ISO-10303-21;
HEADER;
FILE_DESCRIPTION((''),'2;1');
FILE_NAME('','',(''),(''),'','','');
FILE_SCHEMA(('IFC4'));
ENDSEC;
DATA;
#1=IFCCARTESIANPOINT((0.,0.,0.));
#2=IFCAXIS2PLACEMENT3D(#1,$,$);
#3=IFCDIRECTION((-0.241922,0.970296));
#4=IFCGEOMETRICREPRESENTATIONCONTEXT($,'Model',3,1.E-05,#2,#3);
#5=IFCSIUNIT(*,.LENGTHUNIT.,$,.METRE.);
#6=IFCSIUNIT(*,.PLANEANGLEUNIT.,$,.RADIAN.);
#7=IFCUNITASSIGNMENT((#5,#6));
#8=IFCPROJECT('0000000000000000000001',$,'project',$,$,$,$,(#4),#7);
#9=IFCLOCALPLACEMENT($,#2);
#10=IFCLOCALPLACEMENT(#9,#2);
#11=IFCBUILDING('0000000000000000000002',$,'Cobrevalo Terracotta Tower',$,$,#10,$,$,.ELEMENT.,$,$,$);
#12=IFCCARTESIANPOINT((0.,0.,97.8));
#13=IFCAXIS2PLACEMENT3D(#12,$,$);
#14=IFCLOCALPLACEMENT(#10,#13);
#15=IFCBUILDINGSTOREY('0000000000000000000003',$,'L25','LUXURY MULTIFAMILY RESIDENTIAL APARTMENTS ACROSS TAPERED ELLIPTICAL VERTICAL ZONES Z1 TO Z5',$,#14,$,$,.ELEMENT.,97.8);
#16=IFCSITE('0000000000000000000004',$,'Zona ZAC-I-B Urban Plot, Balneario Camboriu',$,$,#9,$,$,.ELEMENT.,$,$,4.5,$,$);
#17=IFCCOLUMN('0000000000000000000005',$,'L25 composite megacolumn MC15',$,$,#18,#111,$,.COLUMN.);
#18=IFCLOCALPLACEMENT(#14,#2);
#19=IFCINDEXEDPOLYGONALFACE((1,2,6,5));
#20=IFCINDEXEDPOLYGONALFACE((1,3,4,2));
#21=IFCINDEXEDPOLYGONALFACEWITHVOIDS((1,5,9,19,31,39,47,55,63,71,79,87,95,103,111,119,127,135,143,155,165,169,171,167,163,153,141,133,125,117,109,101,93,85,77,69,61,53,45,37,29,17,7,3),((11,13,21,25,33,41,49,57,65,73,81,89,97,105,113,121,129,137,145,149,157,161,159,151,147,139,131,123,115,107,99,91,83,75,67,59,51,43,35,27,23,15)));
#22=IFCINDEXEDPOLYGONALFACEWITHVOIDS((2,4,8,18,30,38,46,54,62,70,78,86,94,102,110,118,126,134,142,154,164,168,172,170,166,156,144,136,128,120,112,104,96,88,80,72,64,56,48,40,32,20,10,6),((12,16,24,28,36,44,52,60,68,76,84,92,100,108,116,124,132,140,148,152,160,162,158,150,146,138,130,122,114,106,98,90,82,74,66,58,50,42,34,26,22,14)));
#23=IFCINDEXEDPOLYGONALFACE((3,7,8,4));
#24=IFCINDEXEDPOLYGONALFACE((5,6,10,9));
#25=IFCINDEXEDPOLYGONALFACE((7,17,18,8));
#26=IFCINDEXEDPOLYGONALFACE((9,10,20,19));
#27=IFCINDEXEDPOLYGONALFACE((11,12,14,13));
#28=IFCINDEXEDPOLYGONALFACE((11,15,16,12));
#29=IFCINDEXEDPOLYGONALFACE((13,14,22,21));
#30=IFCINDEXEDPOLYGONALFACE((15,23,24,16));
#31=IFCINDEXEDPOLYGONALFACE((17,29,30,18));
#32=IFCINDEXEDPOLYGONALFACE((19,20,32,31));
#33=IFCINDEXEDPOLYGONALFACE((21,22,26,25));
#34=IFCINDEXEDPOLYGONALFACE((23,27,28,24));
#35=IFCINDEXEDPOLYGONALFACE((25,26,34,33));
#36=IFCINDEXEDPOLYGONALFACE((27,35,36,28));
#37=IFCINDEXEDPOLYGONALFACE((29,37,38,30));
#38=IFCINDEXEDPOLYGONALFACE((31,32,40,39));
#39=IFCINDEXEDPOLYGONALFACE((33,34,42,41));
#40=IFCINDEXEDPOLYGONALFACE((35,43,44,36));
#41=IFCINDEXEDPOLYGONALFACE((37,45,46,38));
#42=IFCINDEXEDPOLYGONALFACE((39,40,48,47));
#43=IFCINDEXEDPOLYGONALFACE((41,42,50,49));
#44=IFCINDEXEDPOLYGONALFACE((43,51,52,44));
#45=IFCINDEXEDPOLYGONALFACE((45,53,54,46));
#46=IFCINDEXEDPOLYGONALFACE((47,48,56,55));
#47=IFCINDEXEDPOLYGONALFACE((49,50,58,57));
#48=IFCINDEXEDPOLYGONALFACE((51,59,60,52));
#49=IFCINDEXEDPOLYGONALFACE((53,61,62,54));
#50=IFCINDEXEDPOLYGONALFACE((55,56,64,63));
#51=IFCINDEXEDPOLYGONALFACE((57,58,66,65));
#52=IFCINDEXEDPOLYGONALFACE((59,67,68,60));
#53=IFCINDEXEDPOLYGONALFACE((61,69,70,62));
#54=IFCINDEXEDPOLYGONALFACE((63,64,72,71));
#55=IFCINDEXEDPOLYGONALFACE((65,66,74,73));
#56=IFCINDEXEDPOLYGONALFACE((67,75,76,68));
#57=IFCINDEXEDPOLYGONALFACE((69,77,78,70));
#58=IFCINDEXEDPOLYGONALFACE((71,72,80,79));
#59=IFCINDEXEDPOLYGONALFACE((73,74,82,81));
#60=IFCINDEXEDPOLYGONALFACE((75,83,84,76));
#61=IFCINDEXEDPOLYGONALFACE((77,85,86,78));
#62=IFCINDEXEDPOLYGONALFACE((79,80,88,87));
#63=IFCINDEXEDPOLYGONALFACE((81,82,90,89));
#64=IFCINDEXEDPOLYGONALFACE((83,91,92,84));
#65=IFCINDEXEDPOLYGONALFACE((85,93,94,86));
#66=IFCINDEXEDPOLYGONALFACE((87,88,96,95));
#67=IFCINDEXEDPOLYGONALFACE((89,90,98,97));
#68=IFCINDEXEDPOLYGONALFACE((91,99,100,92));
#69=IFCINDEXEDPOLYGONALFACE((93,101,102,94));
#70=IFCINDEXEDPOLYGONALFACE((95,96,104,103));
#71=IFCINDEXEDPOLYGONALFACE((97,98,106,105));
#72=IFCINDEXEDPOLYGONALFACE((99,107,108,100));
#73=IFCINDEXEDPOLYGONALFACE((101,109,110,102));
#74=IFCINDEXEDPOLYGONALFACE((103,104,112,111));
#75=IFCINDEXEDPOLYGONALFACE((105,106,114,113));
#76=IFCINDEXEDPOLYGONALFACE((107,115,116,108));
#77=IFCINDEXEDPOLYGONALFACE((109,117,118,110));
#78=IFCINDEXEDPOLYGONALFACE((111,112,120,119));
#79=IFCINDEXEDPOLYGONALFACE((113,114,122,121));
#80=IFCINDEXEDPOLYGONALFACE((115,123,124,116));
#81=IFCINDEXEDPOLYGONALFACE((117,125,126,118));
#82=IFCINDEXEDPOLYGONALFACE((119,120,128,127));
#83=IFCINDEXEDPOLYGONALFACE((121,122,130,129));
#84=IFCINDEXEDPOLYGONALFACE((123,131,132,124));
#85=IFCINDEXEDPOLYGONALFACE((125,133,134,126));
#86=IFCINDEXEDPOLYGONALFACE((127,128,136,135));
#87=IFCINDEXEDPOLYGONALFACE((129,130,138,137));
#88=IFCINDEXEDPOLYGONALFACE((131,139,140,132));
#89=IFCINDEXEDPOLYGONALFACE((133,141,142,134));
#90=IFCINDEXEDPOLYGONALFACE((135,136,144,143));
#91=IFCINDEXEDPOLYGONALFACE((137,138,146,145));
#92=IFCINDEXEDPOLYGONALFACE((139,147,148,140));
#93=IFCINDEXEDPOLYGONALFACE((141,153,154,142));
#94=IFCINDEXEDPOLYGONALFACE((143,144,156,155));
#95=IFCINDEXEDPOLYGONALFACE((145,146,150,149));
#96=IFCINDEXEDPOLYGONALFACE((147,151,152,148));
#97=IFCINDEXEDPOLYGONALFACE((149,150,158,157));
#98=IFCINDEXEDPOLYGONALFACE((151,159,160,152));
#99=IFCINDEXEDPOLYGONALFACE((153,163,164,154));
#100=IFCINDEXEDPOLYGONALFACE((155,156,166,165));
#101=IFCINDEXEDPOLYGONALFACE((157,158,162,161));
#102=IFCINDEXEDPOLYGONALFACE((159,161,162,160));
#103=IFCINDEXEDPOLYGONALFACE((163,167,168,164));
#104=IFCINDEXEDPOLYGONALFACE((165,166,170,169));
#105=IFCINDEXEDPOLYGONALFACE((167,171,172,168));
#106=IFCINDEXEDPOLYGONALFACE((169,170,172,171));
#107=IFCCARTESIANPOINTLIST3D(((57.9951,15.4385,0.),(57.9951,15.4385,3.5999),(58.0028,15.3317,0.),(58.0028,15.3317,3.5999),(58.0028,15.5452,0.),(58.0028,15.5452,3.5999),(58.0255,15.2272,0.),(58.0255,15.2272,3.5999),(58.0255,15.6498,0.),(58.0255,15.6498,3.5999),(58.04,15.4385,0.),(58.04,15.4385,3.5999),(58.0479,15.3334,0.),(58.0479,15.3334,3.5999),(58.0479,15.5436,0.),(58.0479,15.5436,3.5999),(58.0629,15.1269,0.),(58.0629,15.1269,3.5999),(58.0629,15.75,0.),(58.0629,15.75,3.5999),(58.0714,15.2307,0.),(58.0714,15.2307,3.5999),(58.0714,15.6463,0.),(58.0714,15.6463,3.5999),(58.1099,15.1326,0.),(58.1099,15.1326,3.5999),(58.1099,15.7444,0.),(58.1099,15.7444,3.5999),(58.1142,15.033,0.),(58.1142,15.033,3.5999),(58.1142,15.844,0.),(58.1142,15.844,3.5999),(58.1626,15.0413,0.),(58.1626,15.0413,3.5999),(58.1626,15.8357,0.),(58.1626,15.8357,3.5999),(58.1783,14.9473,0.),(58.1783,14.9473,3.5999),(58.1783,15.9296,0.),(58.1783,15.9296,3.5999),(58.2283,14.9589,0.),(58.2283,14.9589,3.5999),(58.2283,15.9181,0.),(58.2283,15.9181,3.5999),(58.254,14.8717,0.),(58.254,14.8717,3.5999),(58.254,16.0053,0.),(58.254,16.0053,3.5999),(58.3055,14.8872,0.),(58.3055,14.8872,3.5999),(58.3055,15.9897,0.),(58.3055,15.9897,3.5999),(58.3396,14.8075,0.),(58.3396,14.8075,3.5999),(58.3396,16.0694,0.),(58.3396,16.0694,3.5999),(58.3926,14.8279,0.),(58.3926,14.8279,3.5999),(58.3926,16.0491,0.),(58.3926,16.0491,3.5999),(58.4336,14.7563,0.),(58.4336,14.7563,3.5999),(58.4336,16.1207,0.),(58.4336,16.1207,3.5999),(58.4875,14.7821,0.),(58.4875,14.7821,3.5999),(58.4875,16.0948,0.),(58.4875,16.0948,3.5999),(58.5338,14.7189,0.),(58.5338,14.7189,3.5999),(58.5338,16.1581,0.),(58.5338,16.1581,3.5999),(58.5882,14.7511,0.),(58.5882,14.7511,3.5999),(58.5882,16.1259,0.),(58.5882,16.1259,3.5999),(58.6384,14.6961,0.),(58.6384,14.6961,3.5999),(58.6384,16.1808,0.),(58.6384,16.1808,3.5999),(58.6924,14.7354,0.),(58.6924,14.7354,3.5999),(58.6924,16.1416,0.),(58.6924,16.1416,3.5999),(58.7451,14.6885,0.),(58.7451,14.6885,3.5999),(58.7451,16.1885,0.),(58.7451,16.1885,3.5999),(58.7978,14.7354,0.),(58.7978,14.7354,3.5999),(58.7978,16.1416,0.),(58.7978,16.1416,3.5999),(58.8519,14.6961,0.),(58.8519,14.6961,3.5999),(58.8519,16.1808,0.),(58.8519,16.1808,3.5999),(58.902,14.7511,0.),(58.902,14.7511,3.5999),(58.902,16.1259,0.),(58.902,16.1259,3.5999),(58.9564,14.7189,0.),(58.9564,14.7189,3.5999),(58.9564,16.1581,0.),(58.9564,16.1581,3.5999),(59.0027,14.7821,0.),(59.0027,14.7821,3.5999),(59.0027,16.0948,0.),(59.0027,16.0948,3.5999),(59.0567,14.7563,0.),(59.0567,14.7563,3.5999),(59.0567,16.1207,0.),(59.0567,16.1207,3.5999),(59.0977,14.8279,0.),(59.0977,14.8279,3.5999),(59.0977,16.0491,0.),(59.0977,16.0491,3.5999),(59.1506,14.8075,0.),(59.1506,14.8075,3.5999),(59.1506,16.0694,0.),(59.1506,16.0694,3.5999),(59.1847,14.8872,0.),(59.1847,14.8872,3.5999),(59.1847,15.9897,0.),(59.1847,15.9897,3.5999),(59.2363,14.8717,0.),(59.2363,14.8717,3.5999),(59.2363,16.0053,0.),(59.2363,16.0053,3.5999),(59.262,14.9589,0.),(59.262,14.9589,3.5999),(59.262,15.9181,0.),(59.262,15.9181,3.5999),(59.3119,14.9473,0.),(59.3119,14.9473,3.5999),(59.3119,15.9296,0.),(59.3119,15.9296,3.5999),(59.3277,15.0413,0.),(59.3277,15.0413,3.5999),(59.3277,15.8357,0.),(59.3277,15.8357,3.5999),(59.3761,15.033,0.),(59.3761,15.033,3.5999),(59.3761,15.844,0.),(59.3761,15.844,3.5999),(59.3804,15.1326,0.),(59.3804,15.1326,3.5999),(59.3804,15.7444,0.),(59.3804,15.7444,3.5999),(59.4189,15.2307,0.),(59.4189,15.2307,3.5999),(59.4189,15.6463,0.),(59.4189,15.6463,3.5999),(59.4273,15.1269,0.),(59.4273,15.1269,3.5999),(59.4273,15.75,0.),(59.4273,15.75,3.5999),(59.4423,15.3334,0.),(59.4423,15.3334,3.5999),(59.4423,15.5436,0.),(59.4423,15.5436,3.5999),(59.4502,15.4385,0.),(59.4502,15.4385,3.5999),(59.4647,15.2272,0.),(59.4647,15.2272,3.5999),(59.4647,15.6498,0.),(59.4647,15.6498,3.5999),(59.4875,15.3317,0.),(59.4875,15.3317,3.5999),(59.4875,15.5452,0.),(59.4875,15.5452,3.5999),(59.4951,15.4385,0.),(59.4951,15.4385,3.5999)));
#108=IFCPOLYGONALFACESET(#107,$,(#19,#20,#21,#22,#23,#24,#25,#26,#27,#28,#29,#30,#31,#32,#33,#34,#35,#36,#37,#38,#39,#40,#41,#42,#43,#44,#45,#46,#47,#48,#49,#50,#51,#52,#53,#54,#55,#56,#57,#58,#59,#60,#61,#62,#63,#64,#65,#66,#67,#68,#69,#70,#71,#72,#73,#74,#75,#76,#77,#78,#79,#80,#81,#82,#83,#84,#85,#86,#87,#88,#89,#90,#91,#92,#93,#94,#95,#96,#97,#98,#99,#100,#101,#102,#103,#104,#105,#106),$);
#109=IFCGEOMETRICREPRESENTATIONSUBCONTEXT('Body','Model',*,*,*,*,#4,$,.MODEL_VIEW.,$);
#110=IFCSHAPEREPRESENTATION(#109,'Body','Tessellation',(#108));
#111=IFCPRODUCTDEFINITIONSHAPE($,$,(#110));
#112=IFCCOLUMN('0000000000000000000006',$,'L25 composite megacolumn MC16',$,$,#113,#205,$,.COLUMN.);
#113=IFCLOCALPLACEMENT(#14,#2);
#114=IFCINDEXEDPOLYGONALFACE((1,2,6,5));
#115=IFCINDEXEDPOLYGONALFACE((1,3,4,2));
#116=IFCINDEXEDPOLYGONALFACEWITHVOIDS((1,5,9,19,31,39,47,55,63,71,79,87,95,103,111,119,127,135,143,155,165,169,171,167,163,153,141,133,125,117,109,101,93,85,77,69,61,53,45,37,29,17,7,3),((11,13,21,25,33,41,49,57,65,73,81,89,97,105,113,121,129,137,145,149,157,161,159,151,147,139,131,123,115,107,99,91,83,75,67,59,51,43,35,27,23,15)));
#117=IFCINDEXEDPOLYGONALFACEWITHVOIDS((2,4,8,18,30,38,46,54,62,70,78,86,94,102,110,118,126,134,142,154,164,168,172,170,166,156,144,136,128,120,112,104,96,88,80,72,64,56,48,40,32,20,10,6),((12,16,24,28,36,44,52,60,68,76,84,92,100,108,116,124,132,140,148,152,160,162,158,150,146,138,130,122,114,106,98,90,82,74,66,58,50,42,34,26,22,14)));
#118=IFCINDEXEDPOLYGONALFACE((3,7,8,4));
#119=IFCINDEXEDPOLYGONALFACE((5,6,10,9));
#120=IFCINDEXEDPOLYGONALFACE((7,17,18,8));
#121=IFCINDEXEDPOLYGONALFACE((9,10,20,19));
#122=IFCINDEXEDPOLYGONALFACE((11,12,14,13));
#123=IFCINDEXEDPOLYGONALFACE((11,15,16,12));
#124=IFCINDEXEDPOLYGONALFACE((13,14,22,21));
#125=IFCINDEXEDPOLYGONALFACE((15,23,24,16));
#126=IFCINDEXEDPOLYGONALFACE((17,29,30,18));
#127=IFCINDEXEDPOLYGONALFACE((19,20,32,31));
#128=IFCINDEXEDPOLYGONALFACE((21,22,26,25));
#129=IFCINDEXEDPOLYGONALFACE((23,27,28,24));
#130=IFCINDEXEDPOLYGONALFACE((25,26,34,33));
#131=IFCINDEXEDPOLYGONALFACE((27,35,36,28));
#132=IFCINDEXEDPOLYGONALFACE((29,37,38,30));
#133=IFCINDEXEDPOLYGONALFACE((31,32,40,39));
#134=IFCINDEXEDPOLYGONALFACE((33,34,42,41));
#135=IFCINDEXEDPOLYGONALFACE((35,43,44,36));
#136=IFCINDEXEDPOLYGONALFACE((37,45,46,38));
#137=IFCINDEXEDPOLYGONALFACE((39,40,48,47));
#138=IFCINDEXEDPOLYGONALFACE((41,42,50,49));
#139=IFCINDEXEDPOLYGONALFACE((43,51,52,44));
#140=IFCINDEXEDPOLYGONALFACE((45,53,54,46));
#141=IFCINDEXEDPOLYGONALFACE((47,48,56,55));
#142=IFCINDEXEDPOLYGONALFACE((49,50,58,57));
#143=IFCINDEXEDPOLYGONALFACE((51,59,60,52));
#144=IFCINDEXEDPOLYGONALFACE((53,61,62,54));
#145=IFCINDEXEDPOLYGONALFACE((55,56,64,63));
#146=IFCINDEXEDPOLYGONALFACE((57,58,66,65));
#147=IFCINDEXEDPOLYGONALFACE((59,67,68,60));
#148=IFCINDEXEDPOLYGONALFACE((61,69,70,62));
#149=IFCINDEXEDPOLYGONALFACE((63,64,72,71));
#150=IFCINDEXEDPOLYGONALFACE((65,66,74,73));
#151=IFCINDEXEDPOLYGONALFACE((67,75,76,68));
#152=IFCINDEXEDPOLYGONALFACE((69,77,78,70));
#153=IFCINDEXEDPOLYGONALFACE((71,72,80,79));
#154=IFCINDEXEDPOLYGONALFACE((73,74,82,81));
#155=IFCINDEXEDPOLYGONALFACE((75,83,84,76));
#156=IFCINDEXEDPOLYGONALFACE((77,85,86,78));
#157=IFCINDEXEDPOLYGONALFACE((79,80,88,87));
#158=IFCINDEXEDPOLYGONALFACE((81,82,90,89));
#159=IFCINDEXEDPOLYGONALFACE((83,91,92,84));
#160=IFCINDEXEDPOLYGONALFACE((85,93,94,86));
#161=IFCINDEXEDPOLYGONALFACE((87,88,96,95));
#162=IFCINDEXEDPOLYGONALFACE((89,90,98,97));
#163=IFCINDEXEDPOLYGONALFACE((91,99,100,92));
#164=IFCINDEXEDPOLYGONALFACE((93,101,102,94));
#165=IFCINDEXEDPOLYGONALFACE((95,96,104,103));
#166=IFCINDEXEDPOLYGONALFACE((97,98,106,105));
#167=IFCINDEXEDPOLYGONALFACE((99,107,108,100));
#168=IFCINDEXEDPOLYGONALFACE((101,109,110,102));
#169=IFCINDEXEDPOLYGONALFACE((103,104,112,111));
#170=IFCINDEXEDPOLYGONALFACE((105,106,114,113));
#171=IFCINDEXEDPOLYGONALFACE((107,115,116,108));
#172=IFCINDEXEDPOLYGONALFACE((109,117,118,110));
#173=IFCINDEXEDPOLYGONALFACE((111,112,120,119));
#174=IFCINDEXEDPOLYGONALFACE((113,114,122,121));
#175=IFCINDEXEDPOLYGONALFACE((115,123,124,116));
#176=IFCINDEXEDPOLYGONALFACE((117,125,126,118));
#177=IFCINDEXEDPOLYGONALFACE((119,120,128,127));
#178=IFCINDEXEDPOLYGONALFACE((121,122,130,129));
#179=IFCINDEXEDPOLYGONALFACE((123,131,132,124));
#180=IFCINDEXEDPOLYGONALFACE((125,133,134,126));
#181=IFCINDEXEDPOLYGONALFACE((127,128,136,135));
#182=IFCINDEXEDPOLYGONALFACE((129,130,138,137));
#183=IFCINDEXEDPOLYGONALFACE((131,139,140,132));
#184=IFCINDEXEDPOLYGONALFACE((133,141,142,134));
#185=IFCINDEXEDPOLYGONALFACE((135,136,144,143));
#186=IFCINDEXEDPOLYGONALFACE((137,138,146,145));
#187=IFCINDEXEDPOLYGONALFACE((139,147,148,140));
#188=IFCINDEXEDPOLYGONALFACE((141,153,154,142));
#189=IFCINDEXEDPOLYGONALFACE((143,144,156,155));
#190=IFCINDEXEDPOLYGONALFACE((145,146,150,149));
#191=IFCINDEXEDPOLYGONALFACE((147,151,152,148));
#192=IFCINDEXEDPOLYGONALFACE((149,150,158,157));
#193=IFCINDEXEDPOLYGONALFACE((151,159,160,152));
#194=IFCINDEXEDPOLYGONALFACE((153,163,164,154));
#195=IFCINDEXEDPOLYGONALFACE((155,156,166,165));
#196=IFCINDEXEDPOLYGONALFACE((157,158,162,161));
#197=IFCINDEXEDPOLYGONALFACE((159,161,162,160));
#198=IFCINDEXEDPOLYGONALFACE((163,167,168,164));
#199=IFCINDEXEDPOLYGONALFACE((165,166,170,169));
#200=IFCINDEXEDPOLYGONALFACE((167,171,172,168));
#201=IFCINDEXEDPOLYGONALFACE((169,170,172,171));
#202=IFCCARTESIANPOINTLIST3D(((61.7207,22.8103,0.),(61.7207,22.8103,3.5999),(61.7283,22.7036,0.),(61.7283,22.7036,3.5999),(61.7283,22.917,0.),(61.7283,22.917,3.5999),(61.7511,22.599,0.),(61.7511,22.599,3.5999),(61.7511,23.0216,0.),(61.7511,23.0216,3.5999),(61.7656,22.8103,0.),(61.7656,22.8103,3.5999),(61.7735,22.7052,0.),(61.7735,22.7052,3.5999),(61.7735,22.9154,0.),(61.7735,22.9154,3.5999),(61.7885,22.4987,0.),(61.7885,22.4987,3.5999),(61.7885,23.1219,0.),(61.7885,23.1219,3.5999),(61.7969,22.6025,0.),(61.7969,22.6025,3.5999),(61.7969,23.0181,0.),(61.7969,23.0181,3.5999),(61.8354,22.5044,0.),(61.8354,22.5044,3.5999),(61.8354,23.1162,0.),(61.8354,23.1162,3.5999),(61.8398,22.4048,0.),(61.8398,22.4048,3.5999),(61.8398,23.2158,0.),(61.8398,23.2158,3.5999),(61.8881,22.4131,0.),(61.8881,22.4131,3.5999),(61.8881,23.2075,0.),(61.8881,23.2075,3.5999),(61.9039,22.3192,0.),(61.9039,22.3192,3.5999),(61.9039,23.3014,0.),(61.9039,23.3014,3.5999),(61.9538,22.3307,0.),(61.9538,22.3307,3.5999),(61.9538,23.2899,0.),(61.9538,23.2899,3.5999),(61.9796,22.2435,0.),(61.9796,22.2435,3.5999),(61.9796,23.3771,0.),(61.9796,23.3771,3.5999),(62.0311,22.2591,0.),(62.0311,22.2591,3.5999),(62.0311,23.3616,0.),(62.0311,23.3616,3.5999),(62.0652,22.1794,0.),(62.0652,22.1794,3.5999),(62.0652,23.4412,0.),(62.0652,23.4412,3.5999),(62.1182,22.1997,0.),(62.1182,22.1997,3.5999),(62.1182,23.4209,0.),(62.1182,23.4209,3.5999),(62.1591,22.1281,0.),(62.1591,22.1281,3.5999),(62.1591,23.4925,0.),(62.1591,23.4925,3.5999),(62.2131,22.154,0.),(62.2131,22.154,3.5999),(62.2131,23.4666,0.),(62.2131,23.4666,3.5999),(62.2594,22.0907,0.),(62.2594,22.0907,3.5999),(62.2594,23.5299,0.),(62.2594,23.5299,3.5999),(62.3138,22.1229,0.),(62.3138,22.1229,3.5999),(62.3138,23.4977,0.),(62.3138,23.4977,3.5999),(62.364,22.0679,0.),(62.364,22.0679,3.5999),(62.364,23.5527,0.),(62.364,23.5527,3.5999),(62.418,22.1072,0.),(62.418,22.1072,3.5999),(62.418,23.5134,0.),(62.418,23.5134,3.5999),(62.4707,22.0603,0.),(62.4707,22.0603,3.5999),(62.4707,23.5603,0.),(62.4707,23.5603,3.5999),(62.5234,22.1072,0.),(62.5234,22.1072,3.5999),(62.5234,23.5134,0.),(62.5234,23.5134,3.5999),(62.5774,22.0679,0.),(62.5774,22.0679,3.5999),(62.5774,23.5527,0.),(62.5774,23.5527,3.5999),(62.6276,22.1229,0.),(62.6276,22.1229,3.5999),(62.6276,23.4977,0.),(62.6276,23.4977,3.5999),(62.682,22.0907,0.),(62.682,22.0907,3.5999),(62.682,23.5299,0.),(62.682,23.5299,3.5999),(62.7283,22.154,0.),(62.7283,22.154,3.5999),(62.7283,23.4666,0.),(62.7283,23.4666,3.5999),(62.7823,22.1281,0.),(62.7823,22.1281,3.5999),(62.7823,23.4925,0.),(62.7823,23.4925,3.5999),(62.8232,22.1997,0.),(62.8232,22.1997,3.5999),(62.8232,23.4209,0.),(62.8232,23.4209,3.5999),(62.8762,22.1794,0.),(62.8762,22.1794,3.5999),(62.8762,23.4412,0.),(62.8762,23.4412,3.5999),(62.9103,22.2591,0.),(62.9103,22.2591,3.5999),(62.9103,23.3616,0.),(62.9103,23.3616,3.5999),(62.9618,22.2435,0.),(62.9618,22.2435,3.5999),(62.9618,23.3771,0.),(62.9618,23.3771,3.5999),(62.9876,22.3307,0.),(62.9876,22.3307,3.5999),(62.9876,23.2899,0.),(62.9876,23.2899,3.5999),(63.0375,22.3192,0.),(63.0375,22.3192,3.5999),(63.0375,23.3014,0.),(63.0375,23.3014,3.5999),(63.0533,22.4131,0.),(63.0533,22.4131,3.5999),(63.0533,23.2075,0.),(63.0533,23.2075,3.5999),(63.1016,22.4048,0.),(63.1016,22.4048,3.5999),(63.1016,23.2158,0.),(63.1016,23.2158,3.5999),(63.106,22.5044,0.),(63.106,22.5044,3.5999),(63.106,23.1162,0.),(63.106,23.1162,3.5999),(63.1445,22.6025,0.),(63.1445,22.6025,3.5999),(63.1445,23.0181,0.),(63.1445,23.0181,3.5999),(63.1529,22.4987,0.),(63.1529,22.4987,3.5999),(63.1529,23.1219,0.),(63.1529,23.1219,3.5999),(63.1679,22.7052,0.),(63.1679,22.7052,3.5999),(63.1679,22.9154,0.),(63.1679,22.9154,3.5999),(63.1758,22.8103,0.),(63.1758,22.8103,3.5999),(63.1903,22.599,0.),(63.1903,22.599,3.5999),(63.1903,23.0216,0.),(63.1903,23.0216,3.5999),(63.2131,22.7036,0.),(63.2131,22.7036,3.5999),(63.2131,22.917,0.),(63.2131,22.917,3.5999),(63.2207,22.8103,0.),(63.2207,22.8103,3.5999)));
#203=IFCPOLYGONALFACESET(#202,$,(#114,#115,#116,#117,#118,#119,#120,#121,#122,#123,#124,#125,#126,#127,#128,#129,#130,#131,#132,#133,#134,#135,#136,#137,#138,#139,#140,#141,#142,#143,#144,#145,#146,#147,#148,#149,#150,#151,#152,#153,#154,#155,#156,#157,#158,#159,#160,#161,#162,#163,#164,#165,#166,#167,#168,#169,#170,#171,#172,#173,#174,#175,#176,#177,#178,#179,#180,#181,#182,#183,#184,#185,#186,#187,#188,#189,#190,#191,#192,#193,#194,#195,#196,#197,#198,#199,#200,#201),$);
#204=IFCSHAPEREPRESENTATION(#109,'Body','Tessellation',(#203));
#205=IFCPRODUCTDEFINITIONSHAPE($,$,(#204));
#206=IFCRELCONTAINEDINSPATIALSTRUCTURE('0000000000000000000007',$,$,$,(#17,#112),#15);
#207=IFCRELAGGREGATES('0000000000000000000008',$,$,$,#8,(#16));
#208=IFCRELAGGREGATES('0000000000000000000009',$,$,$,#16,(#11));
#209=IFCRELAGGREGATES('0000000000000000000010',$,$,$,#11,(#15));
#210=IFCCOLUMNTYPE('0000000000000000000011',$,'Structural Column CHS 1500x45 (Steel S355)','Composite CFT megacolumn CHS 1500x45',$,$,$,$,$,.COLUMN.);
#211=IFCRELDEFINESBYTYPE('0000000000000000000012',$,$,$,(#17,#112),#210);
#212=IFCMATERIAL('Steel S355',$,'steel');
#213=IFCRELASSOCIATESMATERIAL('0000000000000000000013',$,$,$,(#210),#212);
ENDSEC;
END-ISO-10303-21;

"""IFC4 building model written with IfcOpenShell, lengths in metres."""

from ifc_helpers import new_model, si_unit, direction, frame, origin, origin_2d, place, context, subcontext, project, spatial, hollow_circle, extrude, material, material_profile, profile_set, type_object, element, save


model = new_model("IFC4")

# Units and contexts
model_context = context("Model", 3, precision=1e-05, world=origin(), true_north=direction((-0.241922, 0.970296)))
body_context = subcontext(model_context, "Body", "Model", "MODEL_VIEW")
ifc_project = project(units=[si_unit("LENGTHUNIT", "METRE"), si_unit("PLANEANGLEUNIT", "RADIAN")], contexts=[model_context])

# Site, building, storey
site_placement = place(None, origin())
site = spatial("IfcSite", under=ifc_project, at=site_placement, Name="Zona ZAC-I-B Urban Plot, Balneario Camboriu", CompositionType="ELEMENT", RefElevation=4.5)
building_placement = place(site_placement, origin())
building = spatial("IfcBuilding", under=site, at=building_placement, Name="Cobrevalo Terracotta Tower", CompositionType="ELEMENT")
storey_placement = place(building_placement, frame((0.0, 0.0, 97.8)))
storey = spatial("IfcBuildingStorey", under=building, at=storey_placement, Name="L25", Description="LUXURY MULTIFAMILY RESIDENTIAL APARTMENTS ACROSS TAPERED ELLIPTICAL VERTICAL ZONES Z1 TO Z5", CompositionType="ELEMENT", Elevation=97.8)

# Columns
ifc_material_1 = material(Name="Steel S355", Category="steel")
ifc_material_profile_1 = material_profile(ifc_material_1, hollow_circle(Radius=0.75, WallThickness=0.0449, at=origin_2d()), Name="CHS 1500x45")
ifc_profile_set_1 = profile_set([ifc_material_profile_1], Name="Steel S355")
column_type = type_object("IfcColumnType", Name="Structural Column CHS 1500x45 (Steel S355)", Description="Composite CFT megacolumn CHS 1500x45", PredefinedType="COLUMN", material=ifc_profile_set_1)
for number, where, z_axis, x_axis, name in (
    (1, (58.7451, 15.4385, 0.0), (0.0, 0.0, 1.0), (1.0, 0.0, 0.0), "L25 composite megacolumn MC15"),
    (2, (62.4707, 22.8103, 0.0), (0.0, 0.0, 1.0), (1.0, 0.0, 0.0), "L25 composite megacolumn MC16"),
):
    element("IfcColumn", number, at=place(storey_placement, frame(where, z_axis=z_axis, x_axis=x_axis)), inside=storey, type_object=column_type, Name=name, PredefinedType="COLUMN", context=body_context, shape_type="SweptSolid", body=[
        extrude(hollow_circle(Radius=0.75, WallThickness=0.0449, at=origin_2d()), origin(), (0.0, 0.0, 1.0), 3.5999),
    ])

save(model, "model.ifc")
